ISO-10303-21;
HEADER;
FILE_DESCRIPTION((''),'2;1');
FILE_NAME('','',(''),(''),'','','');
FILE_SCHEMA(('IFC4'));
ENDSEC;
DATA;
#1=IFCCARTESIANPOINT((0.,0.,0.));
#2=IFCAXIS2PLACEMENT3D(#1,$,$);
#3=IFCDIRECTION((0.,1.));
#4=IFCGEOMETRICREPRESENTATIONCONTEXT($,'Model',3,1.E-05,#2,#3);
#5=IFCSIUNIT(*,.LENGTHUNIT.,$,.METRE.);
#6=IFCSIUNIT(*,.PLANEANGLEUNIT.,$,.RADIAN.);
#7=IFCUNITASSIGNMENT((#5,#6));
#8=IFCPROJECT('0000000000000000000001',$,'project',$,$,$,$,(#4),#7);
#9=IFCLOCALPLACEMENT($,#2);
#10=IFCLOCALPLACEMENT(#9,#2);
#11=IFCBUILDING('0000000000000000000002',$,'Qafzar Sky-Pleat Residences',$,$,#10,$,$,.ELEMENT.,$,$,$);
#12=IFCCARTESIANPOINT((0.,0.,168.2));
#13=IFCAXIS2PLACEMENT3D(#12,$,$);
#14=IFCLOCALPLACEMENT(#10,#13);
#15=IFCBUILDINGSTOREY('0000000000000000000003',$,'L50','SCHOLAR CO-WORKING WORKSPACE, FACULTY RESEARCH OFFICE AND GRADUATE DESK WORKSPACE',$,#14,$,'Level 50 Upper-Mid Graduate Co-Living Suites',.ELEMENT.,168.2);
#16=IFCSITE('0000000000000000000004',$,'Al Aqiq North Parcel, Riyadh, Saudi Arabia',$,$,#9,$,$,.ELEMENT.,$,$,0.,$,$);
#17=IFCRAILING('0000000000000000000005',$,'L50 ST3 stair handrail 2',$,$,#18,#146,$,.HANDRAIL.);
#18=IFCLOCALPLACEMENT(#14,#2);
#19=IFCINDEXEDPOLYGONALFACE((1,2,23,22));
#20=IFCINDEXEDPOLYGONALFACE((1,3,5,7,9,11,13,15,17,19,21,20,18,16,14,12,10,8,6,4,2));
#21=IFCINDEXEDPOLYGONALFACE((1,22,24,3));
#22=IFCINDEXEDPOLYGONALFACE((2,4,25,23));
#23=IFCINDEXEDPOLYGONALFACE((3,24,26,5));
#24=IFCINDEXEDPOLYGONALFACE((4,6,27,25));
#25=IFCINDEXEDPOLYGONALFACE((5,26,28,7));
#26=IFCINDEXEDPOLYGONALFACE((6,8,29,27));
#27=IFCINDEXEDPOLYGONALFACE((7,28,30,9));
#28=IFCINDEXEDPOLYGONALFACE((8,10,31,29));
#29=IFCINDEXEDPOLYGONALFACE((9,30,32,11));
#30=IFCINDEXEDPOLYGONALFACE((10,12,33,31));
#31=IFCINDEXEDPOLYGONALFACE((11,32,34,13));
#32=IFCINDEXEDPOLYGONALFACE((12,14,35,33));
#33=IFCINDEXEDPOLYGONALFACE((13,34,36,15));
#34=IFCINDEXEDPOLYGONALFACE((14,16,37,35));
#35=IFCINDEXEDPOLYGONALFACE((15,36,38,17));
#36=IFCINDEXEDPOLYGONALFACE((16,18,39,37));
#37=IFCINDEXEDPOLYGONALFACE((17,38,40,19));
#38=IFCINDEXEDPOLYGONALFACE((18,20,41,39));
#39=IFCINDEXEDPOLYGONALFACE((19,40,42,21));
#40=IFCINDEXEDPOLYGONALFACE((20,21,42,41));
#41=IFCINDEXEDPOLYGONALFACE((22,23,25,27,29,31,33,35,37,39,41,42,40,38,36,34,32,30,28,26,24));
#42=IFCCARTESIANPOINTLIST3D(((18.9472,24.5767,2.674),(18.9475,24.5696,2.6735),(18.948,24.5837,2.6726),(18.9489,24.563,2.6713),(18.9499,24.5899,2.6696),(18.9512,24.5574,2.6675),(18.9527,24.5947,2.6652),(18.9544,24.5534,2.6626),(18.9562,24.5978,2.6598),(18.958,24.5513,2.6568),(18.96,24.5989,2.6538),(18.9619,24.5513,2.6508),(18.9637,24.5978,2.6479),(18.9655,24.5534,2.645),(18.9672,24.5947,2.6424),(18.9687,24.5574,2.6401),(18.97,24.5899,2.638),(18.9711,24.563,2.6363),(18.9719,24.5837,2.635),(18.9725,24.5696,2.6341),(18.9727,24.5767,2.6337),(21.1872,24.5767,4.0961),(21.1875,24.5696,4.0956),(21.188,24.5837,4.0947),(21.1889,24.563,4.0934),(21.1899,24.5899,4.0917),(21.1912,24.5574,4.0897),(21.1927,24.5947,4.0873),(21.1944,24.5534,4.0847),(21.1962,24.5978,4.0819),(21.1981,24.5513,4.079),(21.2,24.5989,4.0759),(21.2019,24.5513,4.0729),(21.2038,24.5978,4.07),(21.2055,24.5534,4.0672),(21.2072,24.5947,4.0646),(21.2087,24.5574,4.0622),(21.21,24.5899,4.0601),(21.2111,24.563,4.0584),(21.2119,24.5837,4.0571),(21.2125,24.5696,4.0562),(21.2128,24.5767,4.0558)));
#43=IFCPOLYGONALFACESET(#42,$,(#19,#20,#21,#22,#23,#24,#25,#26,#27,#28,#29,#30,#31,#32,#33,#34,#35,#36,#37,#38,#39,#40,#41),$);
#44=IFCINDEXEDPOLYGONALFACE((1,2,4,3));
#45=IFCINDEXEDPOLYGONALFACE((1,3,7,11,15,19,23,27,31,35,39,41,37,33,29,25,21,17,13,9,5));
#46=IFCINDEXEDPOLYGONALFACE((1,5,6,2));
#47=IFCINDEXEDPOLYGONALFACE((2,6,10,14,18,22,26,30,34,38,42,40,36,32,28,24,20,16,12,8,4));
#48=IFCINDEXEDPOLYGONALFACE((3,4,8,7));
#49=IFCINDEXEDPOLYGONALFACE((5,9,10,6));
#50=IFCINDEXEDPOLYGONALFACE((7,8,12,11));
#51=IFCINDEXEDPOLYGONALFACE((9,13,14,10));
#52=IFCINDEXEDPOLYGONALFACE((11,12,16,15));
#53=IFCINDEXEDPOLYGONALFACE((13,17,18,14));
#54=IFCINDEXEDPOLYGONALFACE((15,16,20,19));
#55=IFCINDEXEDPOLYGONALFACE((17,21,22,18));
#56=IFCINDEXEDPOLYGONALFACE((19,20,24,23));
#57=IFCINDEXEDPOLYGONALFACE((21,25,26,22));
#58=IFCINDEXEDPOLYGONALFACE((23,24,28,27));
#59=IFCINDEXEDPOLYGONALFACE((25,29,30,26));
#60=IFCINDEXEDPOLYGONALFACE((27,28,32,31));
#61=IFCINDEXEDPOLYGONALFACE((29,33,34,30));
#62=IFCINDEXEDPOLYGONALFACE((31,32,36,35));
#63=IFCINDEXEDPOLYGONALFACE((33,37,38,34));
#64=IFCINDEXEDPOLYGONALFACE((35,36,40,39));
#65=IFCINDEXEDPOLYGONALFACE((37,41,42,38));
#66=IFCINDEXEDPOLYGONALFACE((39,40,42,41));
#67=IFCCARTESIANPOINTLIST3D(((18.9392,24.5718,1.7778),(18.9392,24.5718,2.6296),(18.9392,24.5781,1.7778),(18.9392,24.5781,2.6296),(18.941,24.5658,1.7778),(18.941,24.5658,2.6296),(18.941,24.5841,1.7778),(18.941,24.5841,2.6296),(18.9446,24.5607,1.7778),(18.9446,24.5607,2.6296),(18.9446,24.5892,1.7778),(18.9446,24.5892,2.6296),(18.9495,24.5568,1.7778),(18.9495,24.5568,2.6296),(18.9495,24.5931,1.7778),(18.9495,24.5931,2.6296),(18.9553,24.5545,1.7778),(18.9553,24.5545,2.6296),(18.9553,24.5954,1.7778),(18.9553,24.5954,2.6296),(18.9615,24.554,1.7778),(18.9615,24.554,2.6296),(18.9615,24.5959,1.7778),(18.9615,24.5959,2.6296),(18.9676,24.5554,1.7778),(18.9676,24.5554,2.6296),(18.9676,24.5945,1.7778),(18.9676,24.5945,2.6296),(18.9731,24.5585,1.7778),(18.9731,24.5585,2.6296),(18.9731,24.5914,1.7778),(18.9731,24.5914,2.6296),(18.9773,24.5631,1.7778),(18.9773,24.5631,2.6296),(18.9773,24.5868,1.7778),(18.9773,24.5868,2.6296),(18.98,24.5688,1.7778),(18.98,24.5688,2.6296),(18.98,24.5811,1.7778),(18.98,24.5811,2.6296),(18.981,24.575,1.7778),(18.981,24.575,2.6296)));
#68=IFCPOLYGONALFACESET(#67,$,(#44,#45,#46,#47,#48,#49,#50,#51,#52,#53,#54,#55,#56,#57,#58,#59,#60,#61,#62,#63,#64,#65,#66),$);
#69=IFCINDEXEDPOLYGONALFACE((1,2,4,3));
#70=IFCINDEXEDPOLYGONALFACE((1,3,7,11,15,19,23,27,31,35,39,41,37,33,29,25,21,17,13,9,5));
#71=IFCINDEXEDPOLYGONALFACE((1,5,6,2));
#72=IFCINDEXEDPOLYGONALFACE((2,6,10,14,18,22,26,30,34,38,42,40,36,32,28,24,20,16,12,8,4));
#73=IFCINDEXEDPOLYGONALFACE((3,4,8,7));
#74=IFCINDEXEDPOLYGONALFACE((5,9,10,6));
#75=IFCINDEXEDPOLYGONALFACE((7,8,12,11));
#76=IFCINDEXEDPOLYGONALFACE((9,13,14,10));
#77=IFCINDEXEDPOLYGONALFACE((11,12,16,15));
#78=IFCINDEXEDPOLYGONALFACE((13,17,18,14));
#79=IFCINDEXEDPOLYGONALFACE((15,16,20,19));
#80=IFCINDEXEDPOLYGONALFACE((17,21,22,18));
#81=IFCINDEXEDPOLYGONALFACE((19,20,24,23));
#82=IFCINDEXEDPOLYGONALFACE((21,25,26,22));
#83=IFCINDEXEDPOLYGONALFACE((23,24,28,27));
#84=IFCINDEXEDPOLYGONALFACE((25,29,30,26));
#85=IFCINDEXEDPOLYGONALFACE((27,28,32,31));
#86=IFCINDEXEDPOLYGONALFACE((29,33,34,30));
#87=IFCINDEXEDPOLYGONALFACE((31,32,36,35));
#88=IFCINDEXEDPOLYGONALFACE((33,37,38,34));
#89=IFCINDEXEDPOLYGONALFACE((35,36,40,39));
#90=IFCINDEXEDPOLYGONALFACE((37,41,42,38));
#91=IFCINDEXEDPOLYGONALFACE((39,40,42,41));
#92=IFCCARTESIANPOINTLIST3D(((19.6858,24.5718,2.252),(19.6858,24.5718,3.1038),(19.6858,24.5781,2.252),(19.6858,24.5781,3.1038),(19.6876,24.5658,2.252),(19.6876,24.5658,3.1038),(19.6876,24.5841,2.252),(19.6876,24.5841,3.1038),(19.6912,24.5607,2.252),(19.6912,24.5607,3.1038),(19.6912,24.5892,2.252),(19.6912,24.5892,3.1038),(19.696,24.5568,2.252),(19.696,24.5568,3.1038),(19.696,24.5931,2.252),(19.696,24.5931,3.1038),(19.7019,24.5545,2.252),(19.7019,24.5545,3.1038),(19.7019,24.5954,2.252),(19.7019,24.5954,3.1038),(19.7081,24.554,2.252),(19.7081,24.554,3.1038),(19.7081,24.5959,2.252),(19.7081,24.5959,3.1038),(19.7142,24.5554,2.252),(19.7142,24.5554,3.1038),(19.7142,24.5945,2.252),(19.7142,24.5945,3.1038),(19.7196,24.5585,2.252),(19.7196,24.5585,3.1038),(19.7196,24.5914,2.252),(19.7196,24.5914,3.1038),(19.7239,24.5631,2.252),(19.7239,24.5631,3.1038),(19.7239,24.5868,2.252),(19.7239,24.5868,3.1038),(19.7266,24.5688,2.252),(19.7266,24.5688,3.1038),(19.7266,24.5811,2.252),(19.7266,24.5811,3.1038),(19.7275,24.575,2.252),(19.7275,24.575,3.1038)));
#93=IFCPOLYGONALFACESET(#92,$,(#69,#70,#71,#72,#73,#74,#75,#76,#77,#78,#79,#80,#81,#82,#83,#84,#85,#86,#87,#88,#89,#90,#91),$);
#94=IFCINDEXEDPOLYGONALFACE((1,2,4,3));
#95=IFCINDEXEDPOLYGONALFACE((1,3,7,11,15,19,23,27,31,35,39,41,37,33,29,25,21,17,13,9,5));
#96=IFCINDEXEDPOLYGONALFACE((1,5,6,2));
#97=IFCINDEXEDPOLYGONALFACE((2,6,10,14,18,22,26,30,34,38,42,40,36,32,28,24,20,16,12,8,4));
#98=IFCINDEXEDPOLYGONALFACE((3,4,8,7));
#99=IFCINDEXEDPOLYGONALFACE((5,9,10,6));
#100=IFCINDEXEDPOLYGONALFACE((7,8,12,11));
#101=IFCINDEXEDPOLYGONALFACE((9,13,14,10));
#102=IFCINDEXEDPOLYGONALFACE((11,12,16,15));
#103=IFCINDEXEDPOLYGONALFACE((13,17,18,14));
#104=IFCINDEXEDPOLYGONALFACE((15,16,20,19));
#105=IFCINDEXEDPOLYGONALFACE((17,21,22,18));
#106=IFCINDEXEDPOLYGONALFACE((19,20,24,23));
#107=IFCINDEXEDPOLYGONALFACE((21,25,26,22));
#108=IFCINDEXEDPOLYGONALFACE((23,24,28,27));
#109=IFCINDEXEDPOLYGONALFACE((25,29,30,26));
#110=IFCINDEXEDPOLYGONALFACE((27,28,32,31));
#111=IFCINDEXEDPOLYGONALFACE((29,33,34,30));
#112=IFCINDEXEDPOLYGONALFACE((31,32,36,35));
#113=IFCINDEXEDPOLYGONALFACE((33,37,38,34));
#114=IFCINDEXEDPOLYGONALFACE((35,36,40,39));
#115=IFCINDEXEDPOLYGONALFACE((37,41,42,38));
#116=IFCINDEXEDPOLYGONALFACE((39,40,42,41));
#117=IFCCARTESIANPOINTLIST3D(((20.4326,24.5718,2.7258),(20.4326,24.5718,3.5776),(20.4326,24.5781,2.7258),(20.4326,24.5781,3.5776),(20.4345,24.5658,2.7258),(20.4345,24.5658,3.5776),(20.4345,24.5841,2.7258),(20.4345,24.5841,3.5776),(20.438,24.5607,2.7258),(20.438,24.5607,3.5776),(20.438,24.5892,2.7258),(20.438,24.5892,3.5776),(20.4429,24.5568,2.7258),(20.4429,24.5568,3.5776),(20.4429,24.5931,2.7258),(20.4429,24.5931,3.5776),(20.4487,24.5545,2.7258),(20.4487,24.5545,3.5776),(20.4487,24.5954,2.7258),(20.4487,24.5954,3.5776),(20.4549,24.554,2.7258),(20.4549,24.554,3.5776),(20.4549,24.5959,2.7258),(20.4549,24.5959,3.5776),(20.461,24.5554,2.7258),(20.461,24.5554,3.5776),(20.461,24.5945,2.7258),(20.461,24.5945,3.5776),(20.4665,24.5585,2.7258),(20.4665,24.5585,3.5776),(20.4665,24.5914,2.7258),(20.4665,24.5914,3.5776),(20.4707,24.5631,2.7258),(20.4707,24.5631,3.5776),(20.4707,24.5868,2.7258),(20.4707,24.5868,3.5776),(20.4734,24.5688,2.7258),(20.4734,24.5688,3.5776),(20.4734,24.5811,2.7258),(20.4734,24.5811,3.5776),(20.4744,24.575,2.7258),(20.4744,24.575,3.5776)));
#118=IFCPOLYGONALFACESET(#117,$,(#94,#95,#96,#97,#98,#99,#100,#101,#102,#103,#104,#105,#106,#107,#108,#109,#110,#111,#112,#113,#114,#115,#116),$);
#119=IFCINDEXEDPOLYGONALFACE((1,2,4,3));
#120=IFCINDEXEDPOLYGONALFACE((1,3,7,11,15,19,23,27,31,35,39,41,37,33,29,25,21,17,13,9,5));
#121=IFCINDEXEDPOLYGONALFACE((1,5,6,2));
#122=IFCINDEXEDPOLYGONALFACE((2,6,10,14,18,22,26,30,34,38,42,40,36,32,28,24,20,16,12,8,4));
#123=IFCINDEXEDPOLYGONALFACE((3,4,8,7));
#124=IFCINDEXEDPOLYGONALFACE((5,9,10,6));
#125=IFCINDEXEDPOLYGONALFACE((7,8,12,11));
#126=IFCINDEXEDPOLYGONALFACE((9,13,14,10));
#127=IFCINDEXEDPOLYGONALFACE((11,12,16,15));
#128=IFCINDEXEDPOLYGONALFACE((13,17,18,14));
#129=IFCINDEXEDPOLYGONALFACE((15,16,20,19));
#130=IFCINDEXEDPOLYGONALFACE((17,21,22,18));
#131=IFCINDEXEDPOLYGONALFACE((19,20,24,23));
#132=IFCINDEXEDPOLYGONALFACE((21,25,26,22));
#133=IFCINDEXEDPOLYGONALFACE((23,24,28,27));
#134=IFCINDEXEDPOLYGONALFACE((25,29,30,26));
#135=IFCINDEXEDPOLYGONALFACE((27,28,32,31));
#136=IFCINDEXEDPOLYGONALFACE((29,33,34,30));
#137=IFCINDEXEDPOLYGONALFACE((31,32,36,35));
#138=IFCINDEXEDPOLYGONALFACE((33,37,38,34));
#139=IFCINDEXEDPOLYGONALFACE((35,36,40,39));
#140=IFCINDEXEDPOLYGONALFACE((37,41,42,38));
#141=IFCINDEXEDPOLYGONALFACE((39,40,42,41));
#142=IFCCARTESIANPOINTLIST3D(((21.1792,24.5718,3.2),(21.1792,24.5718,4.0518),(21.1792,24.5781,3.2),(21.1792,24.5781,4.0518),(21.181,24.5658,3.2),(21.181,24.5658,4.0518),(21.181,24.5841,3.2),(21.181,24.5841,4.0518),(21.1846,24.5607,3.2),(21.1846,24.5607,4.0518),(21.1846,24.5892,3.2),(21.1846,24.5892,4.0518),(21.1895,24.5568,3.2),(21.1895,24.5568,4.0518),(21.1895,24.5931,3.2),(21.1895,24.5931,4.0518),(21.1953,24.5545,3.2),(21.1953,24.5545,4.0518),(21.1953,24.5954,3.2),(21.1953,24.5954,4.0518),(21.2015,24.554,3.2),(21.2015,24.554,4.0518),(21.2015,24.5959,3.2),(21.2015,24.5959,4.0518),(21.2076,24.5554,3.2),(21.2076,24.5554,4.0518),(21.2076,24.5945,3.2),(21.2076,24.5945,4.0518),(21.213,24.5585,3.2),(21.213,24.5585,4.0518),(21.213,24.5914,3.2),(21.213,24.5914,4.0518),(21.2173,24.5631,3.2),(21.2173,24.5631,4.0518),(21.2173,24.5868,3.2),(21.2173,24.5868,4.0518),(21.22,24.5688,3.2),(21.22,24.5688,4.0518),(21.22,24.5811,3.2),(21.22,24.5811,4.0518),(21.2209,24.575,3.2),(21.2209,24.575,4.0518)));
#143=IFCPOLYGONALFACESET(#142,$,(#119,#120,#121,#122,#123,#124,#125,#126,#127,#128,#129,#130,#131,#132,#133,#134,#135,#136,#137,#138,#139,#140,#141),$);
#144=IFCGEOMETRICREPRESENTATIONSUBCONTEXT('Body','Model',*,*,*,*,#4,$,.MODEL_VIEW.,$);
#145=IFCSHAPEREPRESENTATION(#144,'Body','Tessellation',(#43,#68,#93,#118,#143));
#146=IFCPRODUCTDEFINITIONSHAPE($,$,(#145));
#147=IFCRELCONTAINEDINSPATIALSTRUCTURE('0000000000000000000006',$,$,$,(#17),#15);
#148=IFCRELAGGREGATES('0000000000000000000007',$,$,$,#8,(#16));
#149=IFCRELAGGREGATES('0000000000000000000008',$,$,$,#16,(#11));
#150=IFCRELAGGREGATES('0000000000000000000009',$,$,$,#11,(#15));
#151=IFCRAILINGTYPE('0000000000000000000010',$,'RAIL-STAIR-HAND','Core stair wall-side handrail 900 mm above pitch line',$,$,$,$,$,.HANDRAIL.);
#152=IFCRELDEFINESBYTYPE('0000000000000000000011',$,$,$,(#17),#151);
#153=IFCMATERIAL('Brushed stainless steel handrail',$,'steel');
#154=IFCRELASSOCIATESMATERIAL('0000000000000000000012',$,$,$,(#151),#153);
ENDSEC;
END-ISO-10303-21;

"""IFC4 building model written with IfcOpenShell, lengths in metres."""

from ifc_helpers import new_model, si_unit, direction, frame, origin, origin_2d, place, context, subcontext, project, spatial, circle, extrude, source, transform, mapped, material, type_object, element, save


model = new_model("IFC4")

# Units and contexts
model_context = context("Model", 3, precision=1e-05, world=origin(), true_north=direction((0.0, 1.0)))
body_context = subcontext(model_context, "Body", "Model", "MODEL_VIEW")
ifc_project = project(units=[si_unit("LENGTHUNIT", "METRE"), si_unit("PLANEANGLEUNIT", "RADIAN")], contexts=[model_context])

# Site, building, storey
site_placement = place(None, origin())
site = spatial("IfcSite", under=ifc_project, at=site_placement, Name="Al Aqiq North Parcel, Riyadh, Saudi Arabia", CompositionType="ELEMENT", RefElevation=0.0)
building_placement = place(site_placement, origin())
building = spatial("IfcBuilding", under=site, at=building_placement, Name="Qafzar Sky-Pleat Residences", CompositionType="ELEMENT")
storey_placement = place(building_placement, frame((0.0, 0.0, 168.2)))
storey = spatial("IfcBuildingStorey", under=building, at=storey_placement, Name="L50", Description="SCHOLAR CO-WORKING WORKSPACE, FACULTY RESEARCH OFFICE AND GRADUATE DESK WORKSPACE", LongName="Level 50 Upper-Mid Graduate Co-Living Suites", CompositionType="ELEMENT", Elevation=168.2)

# Railing
ifc_material_1 = material(Name="Brushed stainless steel handrail", Category="steel")
railing_type_1 = type_object("IfcRailingType", Name="RAIL-STAIR-HAND", Description="Core stair wall-side handrail 900 mm above pitch line", PredefinedType="HANDRAIL", material=ifc_material_1)
shared_shape_1 = source(origin(), body_context, "Body", "SweptSolid", [
    extrude(circle(Radius=0.0239, at=origin_2d()), frame((0.0, 0.0, 0.876), z_axis=(0.844229, 0.0, 0.535982), x_axis=(0.0, 1.0, 0.0)), (0.0, 0.0, 1.0), 2.6533),
    extrude(circle(Radius=0.021, at=origin_2d()), origin(), (0.0, 0.0, 1.0), 0.8518),
    extrude(circle(Radius=0.021, at=origin_2d()), frame((0.7466, 0.0, 0.4741)), (0.0, 0.0, 1.0), 0.8518),
    extrude(circle(Radius=0.021, at=origin_2d()), frame((1.4934, 0.0, 0.948)), (0.0, 0.0, 1.0), 0.8518),
    extrude(circle(Radius=0.021, at=origin_2d()), frame((2.24, 0.0, 1.4221)), (0.0, 0.0, 1.0), 0.8518),
])
railing_1_placement = place(storey_placement, frame((18.96, 24.575, 1.7778)))
element("IfcRailing", 1, at=railing_1_placement, inside=storey, type_object=railing_type_1, Name="L50 ST3 stair handrail 2", PredefinedType="HANDRAIL", context=body_context, shape_type="MappedRepresentation", body=[
    mapped(shared_shape_1, transform((0.0, 0.0, 0.0), x_axis=(1.0, 0.0, 0.0), y_axis=(0.0, 1.0, 0.0), z_axis=(0.0, 0.0, 1.0), scale=1.0)),
])

save(model, "model.ifc")
